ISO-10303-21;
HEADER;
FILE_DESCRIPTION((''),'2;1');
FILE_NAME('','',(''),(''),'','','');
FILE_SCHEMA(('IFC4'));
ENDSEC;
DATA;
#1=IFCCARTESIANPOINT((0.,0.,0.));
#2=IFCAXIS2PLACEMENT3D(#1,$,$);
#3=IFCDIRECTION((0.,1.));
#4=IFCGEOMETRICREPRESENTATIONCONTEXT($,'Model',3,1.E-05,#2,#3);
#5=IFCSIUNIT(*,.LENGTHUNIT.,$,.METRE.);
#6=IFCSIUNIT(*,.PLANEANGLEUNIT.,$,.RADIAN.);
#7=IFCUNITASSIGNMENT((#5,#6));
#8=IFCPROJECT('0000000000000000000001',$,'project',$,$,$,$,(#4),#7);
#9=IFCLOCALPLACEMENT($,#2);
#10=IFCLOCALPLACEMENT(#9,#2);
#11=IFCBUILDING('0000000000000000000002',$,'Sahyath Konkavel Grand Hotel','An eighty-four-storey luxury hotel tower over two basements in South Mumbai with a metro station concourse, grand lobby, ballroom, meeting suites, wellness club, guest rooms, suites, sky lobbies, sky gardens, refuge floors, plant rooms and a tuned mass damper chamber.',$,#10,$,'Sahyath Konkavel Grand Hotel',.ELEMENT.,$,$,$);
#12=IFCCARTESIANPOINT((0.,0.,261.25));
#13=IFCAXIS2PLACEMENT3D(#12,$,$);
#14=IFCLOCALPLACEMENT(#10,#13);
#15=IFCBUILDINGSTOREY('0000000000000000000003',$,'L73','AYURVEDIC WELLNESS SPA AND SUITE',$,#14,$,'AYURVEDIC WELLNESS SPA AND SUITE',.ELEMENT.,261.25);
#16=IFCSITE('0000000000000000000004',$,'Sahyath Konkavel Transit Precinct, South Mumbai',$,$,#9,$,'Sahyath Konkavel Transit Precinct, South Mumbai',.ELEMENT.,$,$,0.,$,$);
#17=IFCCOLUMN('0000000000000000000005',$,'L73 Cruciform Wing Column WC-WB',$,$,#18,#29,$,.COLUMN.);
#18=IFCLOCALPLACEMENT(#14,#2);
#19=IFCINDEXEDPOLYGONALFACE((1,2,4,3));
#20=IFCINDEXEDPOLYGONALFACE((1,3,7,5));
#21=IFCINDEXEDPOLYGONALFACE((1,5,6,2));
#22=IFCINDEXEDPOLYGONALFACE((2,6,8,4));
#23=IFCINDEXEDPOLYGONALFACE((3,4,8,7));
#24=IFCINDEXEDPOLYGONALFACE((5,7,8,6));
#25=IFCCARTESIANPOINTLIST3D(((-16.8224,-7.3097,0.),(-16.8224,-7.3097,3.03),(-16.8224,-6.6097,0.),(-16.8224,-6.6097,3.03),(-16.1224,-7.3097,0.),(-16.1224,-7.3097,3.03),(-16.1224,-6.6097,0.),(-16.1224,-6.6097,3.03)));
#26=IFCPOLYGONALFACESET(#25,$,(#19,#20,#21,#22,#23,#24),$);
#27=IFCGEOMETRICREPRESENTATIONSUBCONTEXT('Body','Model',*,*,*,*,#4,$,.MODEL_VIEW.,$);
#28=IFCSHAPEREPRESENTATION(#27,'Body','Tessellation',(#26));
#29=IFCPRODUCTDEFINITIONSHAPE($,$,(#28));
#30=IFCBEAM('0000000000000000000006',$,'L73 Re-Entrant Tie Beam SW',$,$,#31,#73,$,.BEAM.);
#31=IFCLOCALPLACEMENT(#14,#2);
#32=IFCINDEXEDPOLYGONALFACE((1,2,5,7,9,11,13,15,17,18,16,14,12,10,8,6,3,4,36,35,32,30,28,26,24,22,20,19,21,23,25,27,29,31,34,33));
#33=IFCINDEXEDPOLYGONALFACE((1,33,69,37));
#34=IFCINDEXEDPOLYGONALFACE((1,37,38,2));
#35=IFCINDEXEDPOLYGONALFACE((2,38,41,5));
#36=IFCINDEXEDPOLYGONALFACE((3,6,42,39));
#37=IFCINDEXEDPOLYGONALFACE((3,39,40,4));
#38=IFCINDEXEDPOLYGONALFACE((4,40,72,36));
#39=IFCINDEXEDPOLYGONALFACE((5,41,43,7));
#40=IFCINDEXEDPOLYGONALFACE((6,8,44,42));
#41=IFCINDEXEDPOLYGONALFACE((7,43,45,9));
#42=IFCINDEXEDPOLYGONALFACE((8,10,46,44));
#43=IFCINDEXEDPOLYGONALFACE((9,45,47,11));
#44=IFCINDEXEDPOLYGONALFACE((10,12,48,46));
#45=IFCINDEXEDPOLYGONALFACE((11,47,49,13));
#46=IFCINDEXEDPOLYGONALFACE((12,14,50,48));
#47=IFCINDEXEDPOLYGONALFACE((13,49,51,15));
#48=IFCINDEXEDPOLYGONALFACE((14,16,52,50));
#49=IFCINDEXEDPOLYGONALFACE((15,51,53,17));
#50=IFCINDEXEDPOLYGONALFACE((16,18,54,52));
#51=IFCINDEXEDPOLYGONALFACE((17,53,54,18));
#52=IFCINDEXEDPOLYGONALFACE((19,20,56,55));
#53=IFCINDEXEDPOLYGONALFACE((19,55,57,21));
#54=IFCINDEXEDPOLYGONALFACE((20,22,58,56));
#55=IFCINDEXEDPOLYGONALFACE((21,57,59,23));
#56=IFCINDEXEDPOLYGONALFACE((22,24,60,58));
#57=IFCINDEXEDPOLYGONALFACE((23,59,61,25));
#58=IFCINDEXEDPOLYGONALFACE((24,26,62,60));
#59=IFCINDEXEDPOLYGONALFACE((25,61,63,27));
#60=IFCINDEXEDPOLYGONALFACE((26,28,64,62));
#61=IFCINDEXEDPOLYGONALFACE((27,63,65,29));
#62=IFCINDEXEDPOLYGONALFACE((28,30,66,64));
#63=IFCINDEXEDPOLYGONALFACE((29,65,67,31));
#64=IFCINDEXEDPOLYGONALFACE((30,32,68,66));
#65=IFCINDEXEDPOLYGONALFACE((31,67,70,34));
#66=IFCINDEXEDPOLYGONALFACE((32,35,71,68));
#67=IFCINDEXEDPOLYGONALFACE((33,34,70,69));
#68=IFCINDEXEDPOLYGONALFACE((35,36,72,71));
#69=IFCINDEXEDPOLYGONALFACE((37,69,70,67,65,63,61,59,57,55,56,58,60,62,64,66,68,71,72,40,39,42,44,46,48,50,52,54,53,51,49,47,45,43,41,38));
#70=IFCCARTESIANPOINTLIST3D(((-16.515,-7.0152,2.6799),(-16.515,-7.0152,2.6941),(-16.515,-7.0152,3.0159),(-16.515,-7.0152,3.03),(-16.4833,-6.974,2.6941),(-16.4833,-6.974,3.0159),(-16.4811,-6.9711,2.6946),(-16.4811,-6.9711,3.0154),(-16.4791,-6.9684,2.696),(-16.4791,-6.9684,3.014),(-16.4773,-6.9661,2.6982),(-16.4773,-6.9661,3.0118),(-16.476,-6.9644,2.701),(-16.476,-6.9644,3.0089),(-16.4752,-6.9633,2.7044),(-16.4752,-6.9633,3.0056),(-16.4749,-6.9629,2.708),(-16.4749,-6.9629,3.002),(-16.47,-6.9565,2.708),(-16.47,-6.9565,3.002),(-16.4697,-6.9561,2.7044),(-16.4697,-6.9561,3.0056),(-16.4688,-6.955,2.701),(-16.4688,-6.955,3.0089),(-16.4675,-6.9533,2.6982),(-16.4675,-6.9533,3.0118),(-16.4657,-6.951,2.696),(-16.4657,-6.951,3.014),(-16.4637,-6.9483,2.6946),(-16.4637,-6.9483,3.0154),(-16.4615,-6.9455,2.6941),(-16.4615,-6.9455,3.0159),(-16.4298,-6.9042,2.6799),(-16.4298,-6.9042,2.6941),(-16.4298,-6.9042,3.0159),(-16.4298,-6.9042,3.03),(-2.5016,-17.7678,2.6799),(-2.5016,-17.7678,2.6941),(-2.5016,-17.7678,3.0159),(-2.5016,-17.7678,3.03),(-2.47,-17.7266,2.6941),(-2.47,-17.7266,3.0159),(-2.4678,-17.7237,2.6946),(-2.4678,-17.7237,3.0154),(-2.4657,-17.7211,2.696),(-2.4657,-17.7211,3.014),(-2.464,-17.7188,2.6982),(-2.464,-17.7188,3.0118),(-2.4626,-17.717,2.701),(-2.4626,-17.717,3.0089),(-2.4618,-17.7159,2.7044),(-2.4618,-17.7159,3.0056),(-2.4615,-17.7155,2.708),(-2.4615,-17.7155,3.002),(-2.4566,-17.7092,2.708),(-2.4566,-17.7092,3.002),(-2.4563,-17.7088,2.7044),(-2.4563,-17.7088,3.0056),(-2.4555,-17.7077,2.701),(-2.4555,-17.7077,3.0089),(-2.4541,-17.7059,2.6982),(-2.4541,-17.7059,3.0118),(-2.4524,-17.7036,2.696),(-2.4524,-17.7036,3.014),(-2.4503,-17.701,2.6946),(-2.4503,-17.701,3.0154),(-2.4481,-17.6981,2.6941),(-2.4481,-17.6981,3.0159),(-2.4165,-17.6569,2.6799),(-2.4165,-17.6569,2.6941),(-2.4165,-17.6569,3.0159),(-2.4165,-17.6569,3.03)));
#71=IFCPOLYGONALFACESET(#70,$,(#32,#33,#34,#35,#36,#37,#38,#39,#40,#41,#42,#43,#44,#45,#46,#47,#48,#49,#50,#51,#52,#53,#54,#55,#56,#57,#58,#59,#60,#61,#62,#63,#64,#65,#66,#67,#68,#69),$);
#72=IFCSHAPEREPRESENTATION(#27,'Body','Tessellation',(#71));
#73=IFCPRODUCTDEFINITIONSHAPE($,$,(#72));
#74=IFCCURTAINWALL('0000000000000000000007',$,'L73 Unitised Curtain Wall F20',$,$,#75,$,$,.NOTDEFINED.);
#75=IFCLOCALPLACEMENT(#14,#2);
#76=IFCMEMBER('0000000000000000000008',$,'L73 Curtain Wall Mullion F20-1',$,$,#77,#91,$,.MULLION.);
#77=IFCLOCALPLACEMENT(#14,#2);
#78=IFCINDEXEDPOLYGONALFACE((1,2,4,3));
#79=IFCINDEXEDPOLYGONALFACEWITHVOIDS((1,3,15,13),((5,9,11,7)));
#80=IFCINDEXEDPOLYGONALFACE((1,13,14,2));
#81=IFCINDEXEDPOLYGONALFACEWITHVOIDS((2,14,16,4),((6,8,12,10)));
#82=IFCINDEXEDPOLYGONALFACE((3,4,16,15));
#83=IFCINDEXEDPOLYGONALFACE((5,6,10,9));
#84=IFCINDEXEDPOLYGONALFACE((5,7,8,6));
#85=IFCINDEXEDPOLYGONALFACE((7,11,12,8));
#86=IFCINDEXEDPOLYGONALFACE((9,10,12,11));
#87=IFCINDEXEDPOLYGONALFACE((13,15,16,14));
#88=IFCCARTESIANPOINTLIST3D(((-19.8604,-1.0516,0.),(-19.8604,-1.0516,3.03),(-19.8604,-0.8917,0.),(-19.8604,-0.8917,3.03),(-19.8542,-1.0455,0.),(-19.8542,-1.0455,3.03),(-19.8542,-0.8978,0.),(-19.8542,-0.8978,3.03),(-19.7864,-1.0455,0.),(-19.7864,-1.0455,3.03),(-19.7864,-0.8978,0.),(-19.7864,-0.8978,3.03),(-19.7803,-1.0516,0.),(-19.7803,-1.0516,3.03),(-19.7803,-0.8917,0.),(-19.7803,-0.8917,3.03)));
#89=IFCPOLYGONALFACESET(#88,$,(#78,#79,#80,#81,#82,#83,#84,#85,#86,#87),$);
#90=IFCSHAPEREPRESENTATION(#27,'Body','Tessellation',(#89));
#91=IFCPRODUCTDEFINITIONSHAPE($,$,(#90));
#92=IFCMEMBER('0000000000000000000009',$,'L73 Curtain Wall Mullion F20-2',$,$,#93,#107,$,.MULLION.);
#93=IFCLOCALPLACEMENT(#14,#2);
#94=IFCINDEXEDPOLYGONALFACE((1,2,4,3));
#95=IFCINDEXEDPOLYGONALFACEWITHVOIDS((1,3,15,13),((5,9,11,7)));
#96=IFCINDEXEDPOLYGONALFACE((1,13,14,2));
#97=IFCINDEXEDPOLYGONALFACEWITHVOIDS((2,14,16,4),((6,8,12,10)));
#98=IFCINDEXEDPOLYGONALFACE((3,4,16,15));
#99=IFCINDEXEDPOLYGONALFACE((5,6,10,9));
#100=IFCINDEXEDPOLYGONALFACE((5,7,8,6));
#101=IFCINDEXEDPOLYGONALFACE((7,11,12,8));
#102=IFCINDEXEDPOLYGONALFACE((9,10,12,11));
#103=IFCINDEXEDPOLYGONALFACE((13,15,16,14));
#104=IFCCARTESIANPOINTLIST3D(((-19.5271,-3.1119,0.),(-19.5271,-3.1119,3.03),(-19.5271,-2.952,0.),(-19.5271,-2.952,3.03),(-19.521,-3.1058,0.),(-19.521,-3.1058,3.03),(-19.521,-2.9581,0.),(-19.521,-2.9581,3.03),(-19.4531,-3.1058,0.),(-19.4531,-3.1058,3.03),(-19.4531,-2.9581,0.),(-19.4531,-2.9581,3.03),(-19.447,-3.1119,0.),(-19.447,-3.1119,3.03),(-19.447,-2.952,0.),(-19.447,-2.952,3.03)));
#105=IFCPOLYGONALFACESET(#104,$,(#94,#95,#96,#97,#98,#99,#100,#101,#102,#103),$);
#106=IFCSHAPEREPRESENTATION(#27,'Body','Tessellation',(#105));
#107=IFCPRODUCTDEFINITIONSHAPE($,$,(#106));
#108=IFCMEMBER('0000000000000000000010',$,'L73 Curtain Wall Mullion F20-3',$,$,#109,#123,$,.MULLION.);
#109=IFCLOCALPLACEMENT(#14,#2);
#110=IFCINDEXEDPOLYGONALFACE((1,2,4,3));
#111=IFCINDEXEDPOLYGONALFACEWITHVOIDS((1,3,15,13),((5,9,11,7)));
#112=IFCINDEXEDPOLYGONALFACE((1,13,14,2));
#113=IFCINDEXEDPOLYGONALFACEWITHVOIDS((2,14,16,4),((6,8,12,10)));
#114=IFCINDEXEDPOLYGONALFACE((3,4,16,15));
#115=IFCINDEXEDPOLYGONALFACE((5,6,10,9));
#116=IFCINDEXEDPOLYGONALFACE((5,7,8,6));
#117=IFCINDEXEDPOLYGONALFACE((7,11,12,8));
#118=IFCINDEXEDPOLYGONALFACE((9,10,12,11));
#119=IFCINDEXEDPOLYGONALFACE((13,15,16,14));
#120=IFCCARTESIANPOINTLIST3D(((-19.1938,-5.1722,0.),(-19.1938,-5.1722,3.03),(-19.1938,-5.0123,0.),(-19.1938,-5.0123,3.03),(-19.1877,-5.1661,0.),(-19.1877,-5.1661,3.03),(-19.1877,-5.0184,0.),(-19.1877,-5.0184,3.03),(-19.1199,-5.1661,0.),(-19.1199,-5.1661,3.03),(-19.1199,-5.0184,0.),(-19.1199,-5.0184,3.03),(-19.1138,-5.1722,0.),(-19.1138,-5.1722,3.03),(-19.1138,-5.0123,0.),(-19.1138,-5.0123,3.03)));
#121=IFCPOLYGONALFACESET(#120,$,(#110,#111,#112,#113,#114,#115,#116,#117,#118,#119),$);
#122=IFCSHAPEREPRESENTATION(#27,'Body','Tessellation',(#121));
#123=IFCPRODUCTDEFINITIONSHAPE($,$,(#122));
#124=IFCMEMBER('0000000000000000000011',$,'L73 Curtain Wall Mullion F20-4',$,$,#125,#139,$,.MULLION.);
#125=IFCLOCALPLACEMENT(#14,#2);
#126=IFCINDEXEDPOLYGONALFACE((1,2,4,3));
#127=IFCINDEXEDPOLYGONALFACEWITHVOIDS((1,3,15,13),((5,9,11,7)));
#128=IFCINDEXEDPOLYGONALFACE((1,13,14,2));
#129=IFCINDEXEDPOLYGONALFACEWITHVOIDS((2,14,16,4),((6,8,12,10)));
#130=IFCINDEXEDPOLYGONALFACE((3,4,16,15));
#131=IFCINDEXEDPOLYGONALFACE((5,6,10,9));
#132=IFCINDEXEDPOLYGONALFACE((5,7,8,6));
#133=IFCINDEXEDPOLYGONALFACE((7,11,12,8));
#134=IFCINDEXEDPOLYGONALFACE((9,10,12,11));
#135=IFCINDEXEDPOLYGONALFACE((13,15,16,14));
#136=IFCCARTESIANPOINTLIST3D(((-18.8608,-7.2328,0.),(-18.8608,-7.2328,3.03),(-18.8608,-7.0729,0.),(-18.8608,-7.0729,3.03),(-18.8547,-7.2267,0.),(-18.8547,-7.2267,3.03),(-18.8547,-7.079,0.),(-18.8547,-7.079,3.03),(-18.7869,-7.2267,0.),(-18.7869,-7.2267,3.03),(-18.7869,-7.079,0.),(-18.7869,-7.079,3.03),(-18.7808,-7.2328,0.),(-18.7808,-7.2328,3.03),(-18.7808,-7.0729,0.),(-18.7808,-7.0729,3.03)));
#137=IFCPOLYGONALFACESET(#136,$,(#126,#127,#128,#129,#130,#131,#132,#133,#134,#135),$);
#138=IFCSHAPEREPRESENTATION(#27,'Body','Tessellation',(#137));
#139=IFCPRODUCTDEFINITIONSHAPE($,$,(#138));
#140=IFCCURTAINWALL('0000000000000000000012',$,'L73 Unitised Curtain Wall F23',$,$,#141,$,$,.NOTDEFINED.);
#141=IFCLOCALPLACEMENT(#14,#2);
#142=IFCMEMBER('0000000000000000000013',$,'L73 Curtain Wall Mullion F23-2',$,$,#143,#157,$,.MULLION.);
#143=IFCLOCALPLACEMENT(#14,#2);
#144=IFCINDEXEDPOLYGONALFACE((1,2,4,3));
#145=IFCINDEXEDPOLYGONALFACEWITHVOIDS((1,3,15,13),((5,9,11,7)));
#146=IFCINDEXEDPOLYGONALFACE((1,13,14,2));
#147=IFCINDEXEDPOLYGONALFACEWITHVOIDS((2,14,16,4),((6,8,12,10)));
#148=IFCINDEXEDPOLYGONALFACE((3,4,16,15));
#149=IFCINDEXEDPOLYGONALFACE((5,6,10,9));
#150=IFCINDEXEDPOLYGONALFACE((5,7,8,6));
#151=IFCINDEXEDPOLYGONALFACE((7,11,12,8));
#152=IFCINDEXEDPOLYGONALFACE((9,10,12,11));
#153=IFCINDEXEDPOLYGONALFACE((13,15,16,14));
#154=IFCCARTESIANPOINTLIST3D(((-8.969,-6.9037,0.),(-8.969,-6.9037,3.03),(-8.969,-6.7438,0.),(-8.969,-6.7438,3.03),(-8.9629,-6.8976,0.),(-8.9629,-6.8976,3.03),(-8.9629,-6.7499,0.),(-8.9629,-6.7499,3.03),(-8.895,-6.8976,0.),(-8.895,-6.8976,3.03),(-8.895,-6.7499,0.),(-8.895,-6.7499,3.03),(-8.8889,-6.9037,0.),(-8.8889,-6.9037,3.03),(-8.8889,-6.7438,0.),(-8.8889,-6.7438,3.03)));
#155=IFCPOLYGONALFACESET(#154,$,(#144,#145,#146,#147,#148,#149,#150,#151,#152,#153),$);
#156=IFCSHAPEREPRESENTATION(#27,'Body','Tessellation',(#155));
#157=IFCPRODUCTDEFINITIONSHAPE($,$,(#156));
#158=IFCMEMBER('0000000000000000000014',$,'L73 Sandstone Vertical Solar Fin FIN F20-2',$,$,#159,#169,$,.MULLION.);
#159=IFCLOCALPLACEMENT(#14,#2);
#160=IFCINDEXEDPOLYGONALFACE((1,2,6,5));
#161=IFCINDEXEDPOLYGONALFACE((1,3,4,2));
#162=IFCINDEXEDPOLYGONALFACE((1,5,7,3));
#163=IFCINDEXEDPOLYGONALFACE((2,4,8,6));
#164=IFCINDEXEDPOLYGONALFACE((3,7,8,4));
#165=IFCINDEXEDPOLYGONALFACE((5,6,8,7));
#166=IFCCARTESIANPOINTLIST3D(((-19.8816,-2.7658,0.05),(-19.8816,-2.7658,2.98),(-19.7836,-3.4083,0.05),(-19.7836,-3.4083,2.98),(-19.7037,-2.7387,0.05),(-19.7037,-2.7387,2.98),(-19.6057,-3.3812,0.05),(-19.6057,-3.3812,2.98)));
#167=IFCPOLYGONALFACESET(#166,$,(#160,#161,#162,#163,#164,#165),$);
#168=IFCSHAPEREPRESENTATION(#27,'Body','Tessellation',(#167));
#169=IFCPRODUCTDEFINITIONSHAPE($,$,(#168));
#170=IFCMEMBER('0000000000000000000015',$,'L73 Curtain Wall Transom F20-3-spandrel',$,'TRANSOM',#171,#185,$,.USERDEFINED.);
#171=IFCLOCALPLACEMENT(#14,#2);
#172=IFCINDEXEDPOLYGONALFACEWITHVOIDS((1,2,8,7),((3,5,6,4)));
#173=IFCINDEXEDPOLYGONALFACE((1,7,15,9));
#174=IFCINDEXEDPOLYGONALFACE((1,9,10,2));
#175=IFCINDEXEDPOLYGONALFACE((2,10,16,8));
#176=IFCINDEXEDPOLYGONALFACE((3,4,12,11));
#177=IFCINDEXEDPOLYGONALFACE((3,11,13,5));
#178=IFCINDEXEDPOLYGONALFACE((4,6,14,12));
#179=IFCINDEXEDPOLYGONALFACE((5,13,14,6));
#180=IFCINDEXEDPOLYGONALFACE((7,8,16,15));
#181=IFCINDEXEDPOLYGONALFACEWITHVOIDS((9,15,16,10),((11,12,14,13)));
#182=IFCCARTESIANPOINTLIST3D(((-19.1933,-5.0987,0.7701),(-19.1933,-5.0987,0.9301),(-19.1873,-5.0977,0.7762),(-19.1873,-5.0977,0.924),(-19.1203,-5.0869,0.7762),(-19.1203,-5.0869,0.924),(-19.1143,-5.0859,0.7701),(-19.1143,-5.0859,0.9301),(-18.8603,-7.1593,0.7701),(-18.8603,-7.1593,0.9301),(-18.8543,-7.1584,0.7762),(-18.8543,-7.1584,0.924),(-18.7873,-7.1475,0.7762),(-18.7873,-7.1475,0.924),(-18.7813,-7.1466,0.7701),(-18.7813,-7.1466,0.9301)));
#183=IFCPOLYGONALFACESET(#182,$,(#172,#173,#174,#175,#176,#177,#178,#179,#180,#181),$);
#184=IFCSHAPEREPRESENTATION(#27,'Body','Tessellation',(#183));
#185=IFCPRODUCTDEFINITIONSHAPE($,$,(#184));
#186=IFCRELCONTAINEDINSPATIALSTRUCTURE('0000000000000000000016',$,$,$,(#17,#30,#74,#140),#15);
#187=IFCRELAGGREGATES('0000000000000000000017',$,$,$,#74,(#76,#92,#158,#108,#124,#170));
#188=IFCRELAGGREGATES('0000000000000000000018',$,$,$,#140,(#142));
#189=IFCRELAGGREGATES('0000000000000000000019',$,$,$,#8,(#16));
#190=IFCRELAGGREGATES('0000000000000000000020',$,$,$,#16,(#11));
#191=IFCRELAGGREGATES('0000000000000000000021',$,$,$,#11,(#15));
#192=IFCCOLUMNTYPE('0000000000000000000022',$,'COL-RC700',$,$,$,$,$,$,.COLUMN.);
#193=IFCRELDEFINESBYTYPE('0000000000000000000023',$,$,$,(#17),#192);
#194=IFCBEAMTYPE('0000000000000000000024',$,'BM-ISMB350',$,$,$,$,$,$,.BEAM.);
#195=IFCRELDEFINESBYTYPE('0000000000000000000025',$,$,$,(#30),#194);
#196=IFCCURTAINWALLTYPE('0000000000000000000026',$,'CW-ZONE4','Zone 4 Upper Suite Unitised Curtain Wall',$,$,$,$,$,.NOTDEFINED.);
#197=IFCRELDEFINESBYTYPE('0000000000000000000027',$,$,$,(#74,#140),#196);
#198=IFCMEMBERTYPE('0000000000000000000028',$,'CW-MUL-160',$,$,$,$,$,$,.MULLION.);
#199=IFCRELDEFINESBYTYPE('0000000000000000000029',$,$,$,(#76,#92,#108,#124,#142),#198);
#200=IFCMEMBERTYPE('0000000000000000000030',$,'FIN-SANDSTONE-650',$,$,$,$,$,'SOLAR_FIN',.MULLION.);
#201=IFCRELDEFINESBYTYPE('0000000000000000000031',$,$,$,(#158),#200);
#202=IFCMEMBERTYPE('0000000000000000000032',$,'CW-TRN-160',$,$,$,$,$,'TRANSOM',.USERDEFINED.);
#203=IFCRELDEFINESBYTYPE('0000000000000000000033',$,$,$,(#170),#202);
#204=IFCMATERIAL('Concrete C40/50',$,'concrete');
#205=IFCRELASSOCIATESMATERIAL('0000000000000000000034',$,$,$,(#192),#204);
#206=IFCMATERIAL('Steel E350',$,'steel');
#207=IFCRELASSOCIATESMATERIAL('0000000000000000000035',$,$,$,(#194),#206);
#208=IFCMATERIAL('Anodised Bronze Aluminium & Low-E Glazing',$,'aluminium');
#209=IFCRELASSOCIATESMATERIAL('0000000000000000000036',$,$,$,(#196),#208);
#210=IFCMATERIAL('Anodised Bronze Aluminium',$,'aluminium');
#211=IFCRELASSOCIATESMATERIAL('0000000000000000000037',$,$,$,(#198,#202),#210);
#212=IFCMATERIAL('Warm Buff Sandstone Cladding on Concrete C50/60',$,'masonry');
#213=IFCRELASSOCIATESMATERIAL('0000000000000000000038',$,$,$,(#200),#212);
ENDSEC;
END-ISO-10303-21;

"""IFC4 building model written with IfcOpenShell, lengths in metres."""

from ifc_helpers import new_model, si_unit, direction, frame, origin, origin_2d, place, context, subcontext, project, spatial, rectangle, hollow_rectangle, i_section, extrude, source, transform, mapped, material, material_profile, profile_set, type_object, element, aggregate, save


model = new_model("IFC4")

# Units and contexts
model_context = context("Model", 3, precision=1e-05, world=origin(), true_north=direction((0.0, 1.0)))
body_context = subcontext(model_context, "Body", "Model", "MODEL_VIEW")
ifc_project = project(units=[si_unit("LENGTHUNIT", "METRE"), si_unit("PLANEANGLEUNIT", "RADIAN")], contexts=[model_context])

# Site, building, storey
site_placement = place(None, origin())
site = spatial("IfcSite", under=ifc_project, at=site_placement, Name="Sahyath Konkavel Transit Precinct, South Mumbai", LongName="Sahyath Konkavel Transit Precinct, South Mumbai", CompositionType="ELEMENT", RefElevation=0.0)
building_placement = place(site_placement, origin())
building = spatial("IfcBuilding", under=site, at=building_placement, Name="Sahyath Konkavel Grand Hotel", Description="An eighty-four-storey luxury hotel tower over two basements in South Mumbai with a metro station concourse, grand lobby, ballroom, meeting suites, wellness club, guest rooms, suites, sky lobbies, sky gardens, refuge floors, plant rooms and a tuned mass damper chamber.", LongName="Sahyath Konkavel Grand Hotel", CompositionType="ELEMENT")
storey_placement = place(building_placement, frame((0.0, 0.0, 261.25)))
storey = spatial("IfcBuildingStorey", under=building, at=storey_placement, Name="L73", Description="AYURVEDIC WELLNESS SPA AND SUITE", LongName="AYURVEDIC WELLNESS SPA AND SUITE", CompositionType="ELEMENT", Elevation=261.25)

# Column
ifc_material_1 = material(Name="Concrete C40/50", Category="concrete")
ifc_material_profile_1 = material_profile(ifc_material_1, rectangle(XDim=0.7, YDim=0.7, at=origin_2d()), Name="RC 700x700")
ifc_profile_set_1 = profile_set([ifc_material_profile_1], Name="Concrete C40/50")
column_type = type_object("IfcColumnType", Name="COL-RC700", PredefinedType="COLUMN", material=ifc_profile_set_1)
shared_shape_1 = source(origin(), body_context, "Body", "SweptSolid", [
    extrude(rectangle(XDim=0.7, YDim=0.7, at=origin_2d()), origin(), (0.0, 0.0, 1.0), 3.03),
])
column_placement = place(storey_placement, frame((-16.4724, -6.9597, 0.0), z_axis=(0.0, 0.0, 1.0), x_axis=(1.0, 0.0, 0.0)))
element("IfcColumn", 1, at=column_placement, inside=storey, type_object=column_type, Name="L73 Cruciform Wing Column WC-WB", PredefinedType="COLUMN", context=body_context, shape_type="MappedRepresentation", body=[
    mapped(shared_shape_1, transform((0.0, 0.0, 0.0), scale=1.0)),
])

# Beam
ifc_material_2 = material(Name="Steel E350", Category="steel")
ifc_material_profile_2 = material_profile(ifc_material_2, i_section(OverallWidth=0.1399, OverallDepth=0.3501, WebThickness=0.0081, FlangeThickness=0.0142, FilletRadius=0.0139, at=origin_2d()), Name="ISMB 350")
ifc_profile_set_2 = profile_set([ifc_material_profile_2], Name="Steel E350")
beam_type_1 = type_object("IfcBeamType", Name="BM-ISMB350", PredefinedType="BEAM", material=ifc_profile_set_2)
shared_shape_2 = source(origin(), body_context, "Body", "SweptSolid", [
    extrude(i_section(OverallWidth=0.1399, OverallDepth=0.3501, WebThickness=0.0081, FlangeThickness=0.0142, FilletRadius=0.0139, at=origin_2d()), origin(), (0.0, 0.0, 1.0), 17.6633),
])
beam_1_placement = place(storey_placement, frame((-16.4724, -6.9597, 2.855), z_axis=(0.793359, -0.608754, 0.0), x_axis=(0.608754, 0.793359, 0.0)))
element("IfcBeam", 2, at=beam_1_placement, inside=storey, type_object=beam_type_1, Name="L73 Re-Entrant Tie Beam SW", PredefinedType="BEAM", context=body_context, shape_type="MappedRepresentation", body=[
    mapped(shared_shape_2, transform((0.0, 0.0, 0.0), scale=1.0)),
])

# Curtain wall, members
ifc_material_3 = material(Name="Anodised Bronze Aluminium & Low-E Glazing", Category="aluminium")
curtain_wall_type = type_object("IfcCurtainWallType", Name="CW-ZONE4", Description="Zone 4 Upper Suite Unitised Curtain Wall", PredefinedType="NOTDEFINED", material=ifc_material_3)
curtain_wall_1_placement = place(storey_placement, origin())
curtain_wall_1 = element("IfcCurtainWall", 3, at=curtain_wall_1_placement, inside=storey, type_object=curtain_wall_type, Name="L73 Unitised Curtain Wall F20", PredefinedType="NOTDEFINED")
ifc_material_4 = material(Name="Anodised Bronze Aluminium", Category="aluminium")
ifc_material_profile_3 = material_profile(ifc_material_4, hollow_rectangle(XDim=0.0801, YDim=0.1599, WallThickness=0.0061, at=origin_2d()), Name="RHS 160x80x6")
ifc_profile_set_3 = profile_set([ifc_material_profile_3], Name="Anodised Bronze Aluminium")
member_type_1 = type_object("IfcMemberType", Name="CW-MUL-160", PredefinedType="MULLION", material=ifc_profile_set_3)
shared_shape_3 = source(origin(), body_context, "Body", "SweptSolid", [
    extrude(hollow_rectangle(XDim=0.0801, YDim=0.1599, WallThickness=0.0061, at=origin_2d()), origin(), (0.0, 0.0, 1.0), 3.03),
])
member_1_placement = place(storey_placement, frame((-19.8203, -0.9717, 0.0), z_axis=(0.0, 0.0, 1.0), x_axis=(1.0, 0.0, 0.0)))
member_1 = element("IfcMember", 4, at=member_1_placement, type_object=member_type_1, Name="L73 Curtain Wall Mullion F20-1", PredefinedType="MULLION", context=body_context, shape_type="MappedRepresentation", body=[
    mapped(shared_shape_3, transform((0.0, 0.0, 0.0), scale=1.0)),
])
member_2_placement = place(storey_placement, frame((-19.4871, -3.032, 0.0), z_axis=(0.0, 0.0, 1.0), x_axis=(1.0, 0.0, 0.0)))
member_2 = element("IfcMember", 5, at=member_2_placement, type_object=member_type_1, Name="L73 Curtain Wall Mullion F20-2", PredefinedType="MULLION", context=body_context, shape_type="MappedRepresentation", body=[
    mapped(shared_shape_3, transform((0.0, 0.0, 0.0), scale=1.0)),
])
member_3_placement = place(storey_placement, frame((-19.1538, -5.0923, 0.0), z_axis=(0.0, 0.0, 1.0), x_axis=(1.0, 0.0, 0.0)))
member_3 = element("IfcMember", 6, at=member_3_placement, type_object=member_type_1, Name="L73 Curtain Wall Mullion F20-3", PredefinedType="MULLION", context=body_context, shape_type="MappedRepresentation", body=[
    mapped(shared_shape_3, transform((0.0, 0.0, 0.0), scale=1.0)),
])
member_4_placement = place(storey_placement, frame((-18.8208, -7.1528, 0.0), z_axis=(0.0, 0.0, 1.0), x_axis=(1.0, 0.0, 0.0)))
member_4 = element("IfcMember", 7, at=member_4_placement, type_object=member_type_1, Name="L73 Curtain Wall Mullion F20-4", PredefinedType="MULLION", context=body_context, shape_type="MappedRepresentation", body=[
    mapped(shared_shape_3, transform((0.0, 0.0, 0.0), scale=1.0)),
])

# Curtain wall, member
curtain_wall_2_placement = place(storey_placement, origin())
curtain_wall_2 = element("IfcCurtainWall", 8, at=curtain_wall_2_placement, inside=storey, type_object=curtain_wall_type, Name="L73 Unitised Curtain Wall F23", PredefinedType="NOTDEFINED")
member_5_placement = place(storey_placement, frame((-8.929, -6.8237, 0.0), z_axis=(0.0, 0.0, 1.0), x_axis=(1.0, 0.0, 0.0)))
member_5 = element("IfcMember", 9, at=member_5_placement, type_object=member_type_1, Name="L73 Curtain Wall Mullion F23-2", PredefinedType="MULLION", context=body_context, shape_type="MappedRepresentation", body=[
    mapped(shared_shape_3, transform((0.0, 0.0, 0.0), scale=1.0)),
])

# Members
ifc_material_5 = material(Name="Warm Buff Sandstone Cladding on Concrete C50/60", Category="masonry")
ifc_material_profile_4 = material_profile(ifc_material_5, rectangle(XDim=0.1799, YDim=0.6499, at=origin_2d()), Name="FIN 180x650")
ifc_profile_set_4 = profile_set([ifc_material_profile_4], Name="Warm Buff Sandstone Cladding on Concrete C50/60")
member_type_2 = type_object("IfcMemberType", Name="FIN-SANDSTONE-650", ElementType="SOLAR_FIN", PredefinedType="MULLION", material=ifc_profile_set_4)
shared_shape_4 = source(origin(), body_context, "Body", "SweptSolid", [
    extrude(rectangle(XDim=0.1799, YDim=0.6499, at=origin_2d()), origin(), (0.0, 0.0, 1.0), 2.9299),
])
member_6_placement = place(storey_placement, frame((-19.7437, -3.0735, 0.05), z_axis=(0.0, 0.0, 1.0), x_axis=(0.988573, 0.150743, 0.0)))
member_6 = element("IfcMember", 10, at=member_6_placement, type_object=member_type_2, Name="L73 Sandstone Vertical Solar Fin FIN F20-2", PredefinedType="MULLION", context=body_context, shape_type="MappedRepresentation", body=[
    mapped(shared_shape_4, transform((0.0, 0.0, 0.0), scale=1.0)),
])
ifc_material_profile_5 = material_profile(ifc_material_4, hollow_rectangle(XDim=0.0801, YDim=0.1599, WallThickness=0.0061, at=origin_2d()), Name="RHS 160x80x6")
ifc_profile_set_5 = profile_set([ifc_material_profile_5], Name="Anodised Bronze Aluminium")
member_type_3 = type_object("IfcMemberType", Name="CW-TRN-160", ElementType="TRANSOM", PredefinedType="USERDEFINED", material=ifc_profile_set_5)
shared_shape_5 = source(origin(), body_context, "Body", "SweptSolid", [
    extrude(hollow_rectangle(XDim=0.0801, YDim=0.1599, WallThickness=0.0061, at=origin_2d()), origin(), (0.0, 0.0, 1.0), 2.0874),
])
member_7_placement = place(storey_placement, frame((-19.1538, -5.0923, 0.8501), z_axis=(0.159541, -0.987191, 0.0), x_axis=(0.987191, 0.159541, 0.0)))
member_7 = element("IfcMember", 11, at=member_7_placement, type_object=member_type_3, Name="L73 Curtain Wall Transom F20-3-spandrel", ObjectType="TRANSOM", PredefinedType="USERDEFINED", context=body_context, shape_type="MappedRepresentation", body=[
    mapped(shared_shape_5, transform((0.0, 0.0, 0.0), scale=1.0)),
])

aggregate(curtain_wall_1, [member_1, member_2, member_6, member_3, member_4, member_7])
aggregate(curtain_wall_2, [member_5])

save(model, "model.ifc")
